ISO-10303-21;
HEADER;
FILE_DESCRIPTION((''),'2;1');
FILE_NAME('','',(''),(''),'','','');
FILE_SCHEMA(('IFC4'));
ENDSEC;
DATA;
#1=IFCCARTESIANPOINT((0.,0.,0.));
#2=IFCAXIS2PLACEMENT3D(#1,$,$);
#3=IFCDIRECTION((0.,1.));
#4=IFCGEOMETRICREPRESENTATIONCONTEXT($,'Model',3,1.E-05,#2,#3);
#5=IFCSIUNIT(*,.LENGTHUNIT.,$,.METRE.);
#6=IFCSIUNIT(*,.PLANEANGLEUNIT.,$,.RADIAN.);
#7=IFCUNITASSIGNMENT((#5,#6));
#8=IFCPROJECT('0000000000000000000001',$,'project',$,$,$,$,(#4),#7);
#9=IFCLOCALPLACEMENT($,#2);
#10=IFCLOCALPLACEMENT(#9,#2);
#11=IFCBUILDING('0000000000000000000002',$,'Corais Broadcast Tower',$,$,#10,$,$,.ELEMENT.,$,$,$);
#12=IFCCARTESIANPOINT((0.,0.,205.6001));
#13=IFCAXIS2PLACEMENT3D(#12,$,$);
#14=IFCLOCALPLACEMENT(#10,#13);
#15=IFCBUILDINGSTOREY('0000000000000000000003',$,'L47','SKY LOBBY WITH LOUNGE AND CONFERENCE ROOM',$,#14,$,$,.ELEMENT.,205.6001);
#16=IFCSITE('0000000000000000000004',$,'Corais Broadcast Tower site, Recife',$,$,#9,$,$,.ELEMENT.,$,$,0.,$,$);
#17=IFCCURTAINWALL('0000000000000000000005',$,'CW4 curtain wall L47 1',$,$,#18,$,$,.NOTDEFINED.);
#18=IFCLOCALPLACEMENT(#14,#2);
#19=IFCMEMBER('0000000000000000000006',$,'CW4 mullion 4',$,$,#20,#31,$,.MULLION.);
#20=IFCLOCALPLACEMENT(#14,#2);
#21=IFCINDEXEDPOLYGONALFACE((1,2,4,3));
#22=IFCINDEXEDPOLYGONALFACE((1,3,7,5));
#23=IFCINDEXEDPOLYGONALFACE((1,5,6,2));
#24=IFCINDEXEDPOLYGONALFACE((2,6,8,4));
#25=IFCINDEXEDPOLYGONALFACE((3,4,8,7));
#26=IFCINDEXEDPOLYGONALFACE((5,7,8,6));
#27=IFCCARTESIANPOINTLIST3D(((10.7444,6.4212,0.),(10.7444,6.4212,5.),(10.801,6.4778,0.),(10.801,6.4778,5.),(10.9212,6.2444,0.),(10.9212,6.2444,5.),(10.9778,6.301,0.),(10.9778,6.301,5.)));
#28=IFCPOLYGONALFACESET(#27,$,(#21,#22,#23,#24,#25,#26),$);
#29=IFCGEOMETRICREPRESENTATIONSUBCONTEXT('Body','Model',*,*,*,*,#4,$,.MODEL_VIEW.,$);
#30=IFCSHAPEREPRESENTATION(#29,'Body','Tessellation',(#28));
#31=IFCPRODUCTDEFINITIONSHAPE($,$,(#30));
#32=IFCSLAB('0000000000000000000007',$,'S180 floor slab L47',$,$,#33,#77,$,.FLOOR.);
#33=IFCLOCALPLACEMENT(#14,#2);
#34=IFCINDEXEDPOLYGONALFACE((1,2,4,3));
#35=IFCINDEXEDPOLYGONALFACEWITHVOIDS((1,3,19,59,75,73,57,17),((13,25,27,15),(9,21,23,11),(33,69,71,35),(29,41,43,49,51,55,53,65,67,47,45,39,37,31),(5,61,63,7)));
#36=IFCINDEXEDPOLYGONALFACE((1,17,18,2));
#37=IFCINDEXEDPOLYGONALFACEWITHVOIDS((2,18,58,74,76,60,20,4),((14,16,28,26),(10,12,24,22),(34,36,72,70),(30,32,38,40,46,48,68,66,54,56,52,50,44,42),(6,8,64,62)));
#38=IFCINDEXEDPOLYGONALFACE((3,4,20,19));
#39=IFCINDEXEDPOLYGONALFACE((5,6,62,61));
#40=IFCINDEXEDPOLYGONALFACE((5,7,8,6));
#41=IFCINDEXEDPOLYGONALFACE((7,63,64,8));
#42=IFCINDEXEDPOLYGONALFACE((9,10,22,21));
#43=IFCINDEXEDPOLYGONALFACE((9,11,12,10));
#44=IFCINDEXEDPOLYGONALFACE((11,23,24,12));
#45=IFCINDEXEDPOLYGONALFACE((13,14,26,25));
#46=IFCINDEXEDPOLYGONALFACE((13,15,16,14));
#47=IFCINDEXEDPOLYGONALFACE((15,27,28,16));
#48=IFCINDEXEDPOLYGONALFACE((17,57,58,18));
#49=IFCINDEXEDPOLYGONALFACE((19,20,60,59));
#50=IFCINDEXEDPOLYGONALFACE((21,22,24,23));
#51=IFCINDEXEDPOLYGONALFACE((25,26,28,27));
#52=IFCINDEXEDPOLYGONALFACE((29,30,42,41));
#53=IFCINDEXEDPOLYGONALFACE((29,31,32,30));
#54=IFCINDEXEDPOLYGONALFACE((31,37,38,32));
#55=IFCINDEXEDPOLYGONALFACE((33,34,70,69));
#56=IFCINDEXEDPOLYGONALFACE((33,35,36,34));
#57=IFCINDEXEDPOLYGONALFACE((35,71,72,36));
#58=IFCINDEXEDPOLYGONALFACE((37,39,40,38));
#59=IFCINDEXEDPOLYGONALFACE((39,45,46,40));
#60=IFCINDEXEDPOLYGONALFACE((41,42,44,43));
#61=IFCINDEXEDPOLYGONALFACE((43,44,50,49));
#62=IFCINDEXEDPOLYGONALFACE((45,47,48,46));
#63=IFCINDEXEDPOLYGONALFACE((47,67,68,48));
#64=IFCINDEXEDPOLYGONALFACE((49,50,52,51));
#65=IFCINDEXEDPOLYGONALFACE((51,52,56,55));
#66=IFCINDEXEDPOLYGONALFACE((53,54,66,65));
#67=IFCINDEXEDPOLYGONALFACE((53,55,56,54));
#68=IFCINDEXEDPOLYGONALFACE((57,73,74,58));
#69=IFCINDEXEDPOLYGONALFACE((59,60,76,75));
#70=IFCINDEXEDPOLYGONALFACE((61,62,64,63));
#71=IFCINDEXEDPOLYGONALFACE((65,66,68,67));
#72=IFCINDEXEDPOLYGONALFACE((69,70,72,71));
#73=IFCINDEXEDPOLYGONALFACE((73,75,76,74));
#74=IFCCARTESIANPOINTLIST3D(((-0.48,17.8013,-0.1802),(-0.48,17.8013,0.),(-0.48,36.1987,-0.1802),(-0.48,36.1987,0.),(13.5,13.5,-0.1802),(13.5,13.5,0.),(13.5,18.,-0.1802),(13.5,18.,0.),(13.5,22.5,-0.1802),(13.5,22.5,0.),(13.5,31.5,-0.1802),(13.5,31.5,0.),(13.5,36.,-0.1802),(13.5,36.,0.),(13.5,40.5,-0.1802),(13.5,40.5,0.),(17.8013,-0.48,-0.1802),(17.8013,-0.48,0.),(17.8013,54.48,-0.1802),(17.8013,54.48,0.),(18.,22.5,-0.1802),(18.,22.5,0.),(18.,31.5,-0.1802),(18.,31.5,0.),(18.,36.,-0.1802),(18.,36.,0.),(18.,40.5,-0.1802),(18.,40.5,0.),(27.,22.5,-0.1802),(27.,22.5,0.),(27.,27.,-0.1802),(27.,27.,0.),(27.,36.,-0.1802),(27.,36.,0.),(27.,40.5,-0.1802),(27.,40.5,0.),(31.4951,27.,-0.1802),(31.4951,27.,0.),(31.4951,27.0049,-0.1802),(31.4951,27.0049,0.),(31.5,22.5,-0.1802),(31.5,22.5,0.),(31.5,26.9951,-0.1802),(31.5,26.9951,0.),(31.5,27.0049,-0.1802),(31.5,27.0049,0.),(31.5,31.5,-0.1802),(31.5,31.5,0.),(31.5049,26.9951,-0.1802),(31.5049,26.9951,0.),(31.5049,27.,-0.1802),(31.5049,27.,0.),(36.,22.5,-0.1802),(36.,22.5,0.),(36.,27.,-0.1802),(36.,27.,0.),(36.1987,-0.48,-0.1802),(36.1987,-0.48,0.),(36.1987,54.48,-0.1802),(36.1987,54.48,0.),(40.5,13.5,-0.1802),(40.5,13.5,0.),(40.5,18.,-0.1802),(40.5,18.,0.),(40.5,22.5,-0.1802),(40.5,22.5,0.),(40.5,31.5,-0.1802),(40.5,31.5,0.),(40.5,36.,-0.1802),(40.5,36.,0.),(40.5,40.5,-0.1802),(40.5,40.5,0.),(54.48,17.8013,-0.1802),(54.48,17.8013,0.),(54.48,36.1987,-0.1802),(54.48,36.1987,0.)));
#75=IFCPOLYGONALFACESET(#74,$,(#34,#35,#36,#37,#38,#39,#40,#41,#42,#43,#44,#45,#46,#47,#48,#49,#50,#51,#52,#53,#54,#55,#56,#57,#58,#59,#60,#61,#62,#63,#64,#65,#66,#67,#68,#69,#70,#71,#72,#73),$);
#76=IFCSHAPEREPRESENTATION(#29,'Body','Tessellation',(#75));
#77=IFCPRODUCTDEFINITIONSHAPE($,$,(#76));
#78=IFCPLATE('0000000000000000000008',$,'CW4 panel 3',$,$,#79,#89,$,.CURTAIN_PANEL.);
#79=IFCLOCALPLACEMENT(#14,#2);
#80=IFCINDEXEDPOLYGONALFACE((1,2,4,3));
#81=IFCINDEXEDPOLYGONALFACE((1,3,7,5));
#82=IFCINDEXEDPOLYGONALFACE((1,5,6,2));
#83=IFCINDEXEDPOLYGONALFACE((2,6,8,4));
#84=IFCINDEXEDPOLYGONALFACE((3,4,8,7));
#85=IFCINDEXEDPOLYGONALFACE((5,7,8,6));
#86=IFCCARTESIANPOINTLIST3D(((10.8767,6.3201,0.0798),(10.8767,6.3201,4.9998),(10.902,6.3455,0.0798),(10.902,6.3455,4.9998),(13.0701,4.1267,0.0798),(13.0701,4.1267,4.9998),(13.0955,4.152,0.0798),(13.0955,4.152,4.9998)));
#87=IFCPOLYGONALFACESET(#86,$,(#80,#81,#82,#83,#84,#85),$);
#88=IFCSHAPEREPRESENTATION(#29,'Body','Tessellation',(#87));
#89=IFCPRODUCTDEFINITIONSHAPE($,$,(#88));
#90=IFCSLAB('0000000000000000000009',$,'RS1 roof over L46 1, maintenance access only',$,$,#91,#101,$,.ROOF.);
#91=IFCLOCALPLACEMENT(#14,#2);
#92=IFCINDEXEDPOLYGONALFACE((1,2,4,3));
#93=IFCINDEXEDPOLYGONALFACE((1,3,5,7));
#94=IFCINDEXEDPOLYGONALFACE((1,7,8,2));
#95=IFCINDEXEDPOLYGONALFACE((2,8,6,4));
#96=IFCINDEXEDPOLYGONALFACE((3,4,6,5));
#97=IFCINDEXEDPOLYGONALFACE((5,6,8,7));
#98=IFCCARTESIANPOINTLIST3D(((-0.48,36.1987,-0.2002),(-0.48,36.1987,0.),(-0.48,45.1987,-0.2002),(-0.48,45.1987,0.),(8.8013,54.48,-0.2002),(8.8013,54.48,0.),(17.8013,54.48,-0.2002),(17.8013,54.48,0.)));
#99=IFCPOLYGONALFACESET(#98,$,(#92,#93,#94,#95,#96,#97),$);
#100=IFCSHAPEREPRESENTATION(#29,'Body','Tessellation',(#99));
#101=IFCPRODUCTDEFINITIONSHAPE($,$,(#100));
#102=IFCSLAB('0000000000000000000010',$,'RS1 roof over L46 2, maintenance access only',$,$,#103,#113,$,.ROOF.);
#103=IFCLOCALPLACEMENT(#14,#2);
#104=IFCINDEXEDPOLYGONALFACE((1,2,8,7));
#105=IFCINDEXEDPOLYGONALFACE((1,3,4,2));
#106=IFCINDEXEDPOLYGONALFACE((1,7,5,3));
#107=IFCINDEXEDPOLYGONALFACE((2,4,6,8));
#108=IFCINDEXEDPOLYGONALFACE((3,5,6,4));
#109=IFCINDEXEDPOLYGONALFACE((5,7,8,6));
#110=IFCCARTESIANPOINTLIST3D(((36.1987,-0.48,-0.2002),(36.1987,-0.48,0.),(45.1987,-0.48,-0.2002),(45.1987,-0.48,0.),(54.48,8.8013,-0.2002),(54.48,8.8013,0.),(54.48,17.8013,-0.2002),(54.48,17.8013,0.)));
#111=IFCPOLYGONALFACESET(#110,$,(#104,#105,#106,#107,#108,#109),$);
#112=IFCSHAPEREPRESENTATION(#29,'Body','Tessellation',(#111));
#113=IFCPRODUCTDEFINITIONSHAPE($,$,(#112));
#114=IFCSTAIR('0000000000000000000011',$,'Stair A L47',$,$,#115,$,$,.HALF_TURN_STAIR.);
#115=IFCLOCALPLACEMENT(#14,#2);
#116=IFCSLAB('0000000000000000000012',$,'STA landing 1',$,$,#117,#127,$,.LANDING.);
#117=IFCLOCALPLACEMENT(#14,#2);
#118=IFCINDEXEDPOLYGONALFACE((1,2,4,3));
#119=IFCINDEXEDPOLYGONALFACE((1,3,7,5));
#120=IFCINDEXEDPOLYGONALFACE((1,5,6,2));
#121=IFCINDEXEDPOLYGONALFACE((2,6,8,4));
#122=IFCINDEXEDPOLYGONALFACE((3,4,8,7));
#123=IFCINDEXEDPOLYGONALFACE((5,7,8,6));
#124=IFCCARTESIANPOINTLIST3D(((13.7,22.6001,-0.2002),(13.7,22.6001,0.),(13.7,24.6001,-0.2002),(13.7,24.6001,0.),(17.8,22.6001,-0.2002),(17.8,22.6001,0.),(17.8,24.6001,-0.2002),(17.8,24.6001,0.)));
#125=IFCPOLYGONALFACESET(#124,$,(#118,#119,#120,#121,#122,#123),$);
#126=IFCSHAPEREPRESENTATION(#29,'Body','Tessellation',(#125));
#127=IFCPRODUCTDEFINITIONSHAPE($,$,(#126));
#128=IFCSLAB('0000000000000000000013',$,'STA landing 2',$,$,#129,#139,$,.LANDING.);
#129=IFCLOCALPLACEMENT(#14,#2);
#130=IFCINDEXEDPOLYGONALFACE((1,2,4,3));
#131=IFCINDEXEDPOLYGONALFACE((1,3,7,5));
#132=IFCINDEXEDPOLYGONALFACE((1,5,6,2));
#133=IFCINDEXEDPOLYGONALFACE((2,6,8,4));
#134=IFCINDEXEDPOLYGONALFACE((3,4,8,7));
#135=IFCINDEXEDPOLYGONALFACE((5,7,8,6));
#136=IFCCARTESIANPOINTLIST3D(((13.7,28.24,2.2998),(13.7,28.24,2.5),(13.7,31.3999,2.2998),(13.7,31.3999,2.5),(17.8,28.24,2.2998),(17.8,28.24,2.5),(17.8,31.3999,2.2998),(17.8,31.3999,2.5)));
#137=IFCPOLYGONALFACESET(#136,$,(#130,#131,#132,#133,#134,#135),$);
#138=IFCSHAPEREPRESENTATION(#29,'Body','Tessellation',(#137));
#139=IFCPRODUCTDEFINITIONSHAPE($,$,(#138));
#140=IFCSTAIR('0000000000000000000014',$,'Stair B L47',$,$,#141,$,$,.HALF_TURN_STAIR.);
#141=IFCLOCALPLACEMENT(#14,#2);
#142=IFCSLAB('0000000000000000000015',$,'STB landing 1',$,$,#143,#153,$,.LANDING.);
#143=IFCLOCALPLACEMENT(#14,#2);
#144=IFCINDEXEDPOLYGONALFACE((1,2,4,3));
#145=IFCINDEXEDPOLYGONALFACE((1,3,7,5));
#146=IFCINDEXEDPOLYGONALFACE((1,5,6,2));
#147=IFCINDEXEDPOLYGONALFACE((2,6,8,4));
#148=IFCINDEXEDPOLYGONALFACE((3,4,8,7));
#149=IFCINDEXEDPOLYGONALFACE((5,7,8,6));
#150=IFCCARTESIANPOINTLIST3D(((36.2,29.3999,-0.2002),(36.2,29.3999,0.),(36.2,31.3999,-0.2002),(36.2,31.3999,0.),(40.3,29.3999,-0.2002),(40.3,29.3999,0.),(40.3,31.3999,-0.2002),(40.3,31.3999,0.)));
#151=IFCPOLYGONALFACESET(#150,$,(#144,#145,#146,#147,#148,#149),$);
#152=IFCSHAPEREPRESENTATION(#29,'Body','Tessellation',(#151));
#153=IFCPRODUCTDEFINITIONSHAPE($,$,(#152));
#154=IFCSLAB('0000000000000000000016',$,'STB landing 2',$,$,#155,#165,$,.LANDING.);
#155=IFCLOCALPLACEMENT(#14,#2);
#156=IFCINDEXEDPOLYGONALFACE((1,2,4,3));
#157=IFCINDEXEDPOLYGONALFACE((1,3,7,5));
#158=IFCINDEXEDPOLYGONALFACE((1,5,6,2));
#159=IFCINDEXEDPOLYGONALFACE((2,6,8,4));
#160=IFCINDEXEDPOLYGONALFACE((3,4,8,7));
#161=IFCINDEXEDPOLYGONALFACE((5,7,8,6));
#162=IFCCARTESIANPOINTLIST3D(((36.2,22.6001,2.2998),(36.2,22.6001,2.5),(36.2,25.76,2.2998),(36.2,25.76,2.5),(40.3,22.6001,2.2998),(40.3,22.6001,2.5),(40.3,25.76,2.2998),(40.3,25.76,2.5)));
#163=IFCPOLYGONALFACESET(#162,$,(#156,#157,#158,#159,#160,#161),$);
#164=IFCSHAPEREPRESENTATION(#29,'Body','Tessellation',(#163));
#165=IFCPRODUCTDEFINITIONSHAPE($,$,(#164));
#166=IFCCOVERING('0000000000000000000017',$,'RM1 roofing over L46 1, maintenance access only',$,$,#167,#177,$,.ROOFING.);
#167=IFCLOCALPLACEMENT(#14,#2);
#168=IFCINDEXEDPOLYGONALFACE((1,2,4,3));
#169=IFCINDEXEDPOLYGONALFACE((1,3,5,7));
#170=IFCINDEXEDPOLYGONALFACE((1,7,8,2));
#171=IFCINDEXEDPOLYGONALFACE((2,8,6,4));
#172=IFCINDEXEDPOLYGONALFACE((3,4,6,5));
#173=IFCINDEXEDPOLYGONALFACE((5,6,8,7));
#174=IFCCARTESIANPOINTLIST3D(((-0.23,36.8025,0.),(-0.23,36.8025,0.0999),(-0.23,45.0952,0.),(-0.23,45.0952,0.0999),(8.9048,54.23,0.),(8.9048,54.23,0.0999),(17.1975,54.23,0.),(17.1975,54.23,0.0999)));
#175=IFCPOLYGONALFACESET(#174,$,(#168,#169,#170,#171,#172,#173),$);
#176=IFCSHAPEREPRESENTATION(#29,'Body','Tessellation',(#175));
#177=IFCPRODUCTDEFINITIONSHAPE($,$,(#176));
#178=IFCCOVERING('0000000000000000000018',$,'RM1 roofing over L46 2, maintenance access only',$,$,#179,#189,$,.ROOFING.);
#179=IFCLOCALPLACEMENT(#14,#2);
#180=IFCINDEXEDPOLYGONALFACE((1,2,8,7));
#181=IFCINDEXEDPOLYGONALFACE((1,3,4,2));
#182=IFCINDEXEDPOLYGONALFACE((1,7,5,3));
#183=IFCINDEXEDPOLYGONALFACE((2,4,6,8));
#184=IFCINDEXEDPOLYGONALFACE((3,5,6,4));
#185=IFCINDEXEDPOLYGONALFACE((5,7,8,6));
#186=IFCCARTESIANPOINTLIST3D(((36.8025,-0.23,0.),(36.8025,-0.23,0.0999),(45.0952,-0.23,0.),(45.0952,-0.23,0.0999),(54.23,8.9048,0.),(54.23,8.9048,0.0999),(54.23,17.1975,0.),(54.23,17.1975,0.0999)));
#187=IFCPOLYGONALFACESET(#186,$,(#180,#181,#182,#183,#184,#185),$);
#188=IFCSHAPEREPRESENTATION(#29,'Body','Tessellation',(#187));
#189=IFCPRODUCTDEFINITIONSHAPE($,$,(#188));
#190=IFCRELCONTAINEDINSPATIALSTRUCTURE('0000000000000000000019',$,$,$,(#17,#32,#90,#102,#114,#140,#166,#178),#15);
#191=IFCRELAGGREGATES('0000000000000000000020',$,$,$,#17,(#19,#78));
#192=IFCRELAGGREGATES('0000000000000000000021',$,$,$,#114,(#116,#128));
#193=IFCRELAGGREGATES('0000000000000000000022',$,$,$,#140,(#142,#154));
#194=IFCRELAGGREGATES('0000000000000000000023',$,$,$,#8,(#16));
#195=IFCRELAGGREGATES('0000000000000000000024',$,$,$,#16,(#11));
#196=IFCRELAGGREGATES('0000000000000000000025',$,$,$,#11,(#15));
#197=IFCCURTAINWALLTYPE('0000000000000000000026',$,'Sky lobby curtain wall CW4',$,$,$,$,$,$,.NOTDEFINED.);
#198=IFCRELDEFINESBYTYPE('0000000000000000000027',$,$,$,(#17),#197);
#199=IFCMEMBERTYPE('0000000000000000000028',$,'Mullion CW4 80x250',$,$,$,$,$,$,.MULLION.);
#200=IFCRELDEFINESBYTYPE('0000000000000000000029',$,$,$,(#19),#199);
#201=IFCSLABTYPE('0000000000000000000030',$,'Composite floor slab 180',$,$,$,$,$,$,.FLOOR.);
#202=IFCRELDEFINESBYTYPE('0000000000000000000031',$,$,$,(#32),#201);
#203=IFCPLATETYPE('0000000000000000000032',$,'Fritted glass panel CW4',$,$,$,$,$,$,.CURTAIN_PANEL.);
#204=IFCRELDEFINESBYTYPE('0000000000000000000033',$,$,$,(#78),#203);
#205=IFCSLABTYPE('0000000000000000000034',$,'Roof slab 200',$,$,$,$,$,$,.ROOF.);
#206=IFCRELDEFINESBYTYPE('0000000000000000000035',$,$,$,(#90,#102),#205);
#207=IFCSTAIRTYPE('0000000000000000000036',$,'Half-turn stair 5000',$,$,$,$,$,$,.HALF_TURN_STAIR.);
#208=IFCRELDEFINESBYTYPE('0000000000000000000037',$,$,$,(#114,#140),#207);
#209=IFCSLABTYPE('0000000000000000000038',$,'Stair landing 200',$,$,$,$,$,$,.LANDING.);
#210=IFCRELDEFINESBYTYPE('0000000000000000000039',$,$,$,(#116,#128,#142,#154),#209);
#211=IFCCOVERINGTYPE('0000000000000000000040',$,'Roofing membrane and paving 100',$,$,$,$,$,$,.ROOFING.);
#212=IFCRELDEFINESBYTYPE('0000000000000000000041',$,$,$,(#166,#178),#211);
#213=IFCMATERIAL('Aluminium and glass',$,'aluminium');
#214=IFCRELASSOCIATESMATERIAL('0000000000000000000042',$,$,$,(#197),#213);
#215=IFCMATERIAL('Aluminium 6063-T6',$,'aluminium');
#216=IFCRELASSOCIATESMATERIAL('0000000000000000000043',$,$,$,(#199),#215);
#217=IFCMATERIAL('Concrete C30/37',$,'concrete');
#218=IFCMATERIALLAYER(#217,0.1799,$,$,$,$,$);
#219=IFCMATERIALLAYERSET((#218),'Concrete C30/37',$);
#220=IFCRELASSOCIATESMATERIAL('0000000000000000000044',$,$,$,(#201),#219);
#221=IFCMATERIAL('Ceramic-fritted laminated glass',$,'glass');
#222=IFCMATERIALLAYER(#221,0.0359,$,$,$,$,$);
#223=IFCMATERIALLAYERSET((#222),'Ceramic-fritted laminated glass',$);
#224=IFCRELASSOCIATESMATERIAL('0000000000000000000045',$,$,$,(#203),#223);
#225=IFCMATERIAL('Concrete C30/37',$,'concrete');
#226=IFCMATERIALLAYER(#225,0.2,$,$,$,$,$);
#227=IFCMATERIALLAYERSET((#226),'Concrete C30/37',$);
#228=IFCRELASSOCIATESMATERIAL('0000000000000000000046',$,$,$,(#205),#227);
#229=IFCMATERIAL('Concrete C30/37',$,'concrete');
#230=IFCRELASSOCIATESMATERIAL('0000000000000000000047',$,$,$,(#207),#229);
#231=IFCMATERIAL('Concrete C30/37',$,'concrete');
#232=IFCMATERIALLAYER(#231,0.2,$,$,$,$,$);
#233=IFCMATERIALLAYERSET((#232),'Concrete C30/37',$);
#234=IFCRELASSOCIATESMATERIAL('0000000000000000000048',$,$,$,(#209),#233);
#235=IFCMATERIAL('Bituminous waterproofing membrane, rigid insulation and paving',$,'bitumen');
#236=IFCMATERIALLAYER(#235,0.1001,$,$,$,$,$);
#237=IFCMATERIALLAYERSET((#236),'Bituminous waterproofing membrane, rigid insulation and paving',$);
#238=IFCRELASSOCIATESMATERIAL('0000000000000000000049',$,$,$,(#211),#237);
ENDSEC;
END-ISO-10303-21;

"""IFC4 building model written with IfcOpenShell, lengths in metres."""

from ifc_helpers import new_model, si_unit, direction, frame, origin, origin_2d, place, context, subcontext, project, spatial, polyline, rectangle, outline, extrude, material, layer, layer_set, material_profile, profile_set, type_object, element, aggregate, save


model = new_model("IFC4")

# Units and contexts
model_context = context("Model", 3, precision=1e-05, world=origin(), true_north=direction((0.0, 1.0)))
body_context = subcontext(model_context, "Body", "Model", "MODEL_VIEW")
ifc_project = project(units=[si_unit("LENGTHUNIT", "METRE"), si_unit("PLANEANGLEUNIT", "RADIAN")], contexts=[model_context])

# Site, building, storey
site_placement = place(None, origin())
site = spatial("IfcSite", under=ifc_project, at=site_placement, Name="Corais Broadcast Tower site, Recife", CompositionType="ELEMENT", RefElevation=0.0)
building_placement = place(site_placement, origin())
building = spatial("IfcBuilding", under=site, at=building_placement, Name="Corais Broadcast Tower", CompositionType="ELEMENT")
storey_placement = place(building_placement, frame((0.0, 0.0, 205.6001)))
storey = spatial("IfcBuildingStorey", under=building, at=storey_placement, Name="L47", Description="SKY LOBBY WITH LOUNGE AND CONFERENCE ROOM", CompositionType="ELEMENT", Elevation=205.6001)

# Curtain wall, member
ifc_material_1 = material(Name="Aluminium and glass", Category="aluminium")
curtain_wall_type = type_object("IfcCurtainWallType", Name="Sky lobby curtain wall CW4", PredefinedType="NOTDEFINED", material=ifc_material_1)
curtain_wall_placement = place(storey_placement, origin())
curtain_wall = element("IfcCurtainWall", 1, at=curtain_wall_placement, inside=storey, type_object=curtain_wall_type, Name="CW4 curtain wall L47 1", PredefinedType="NOTDEFINED")
ifc_material_2 = material(Name="Aluminium 6063-T6", Category="aluminium")
ifc_material_profile = material_profile(ifc_material_2, rectangle(XDim=0.0801, YDim=0.25, at=origin_2d()), Name="Mullion CW4 80x250")
ifc_profile_set = profile_set([ifc_material_profile], Name="Aluminium 6063-T6")
member_type = type_object("IfcMemberType", Name="Mullion CW4 80x250", PredefinedType="MULLION", material=ifc_profile_set)
member_placement = place(storey_placement, frame((10.8611, 6.3611, 0.0), z_axis=(0.0, 0.0, 1.0), x_axis=(-0.707107, -0.707107, 0.0)))
member = element("IfcMember", 2, at=member_placement, type_object=member_type, Name="CW4 mullion 4", PredefinedType="MULLION", context=body_context, shape_type="SweptSolid", body=[
    extrude(rectangle(XDim=0.0801, YDim=0.25, at=origin_2d()), origin(), (0.0, 0.0, 1.0), 5.0),
])

# Slab
ifc_material_3 = material(Name="Concrete C30/37", Category="concrete")
ifc_layer_1 = layer(ifc_material_3, 0.1799)
ifc_layer_set_1 = layer_set([ifc_layer_1], Name="Concrete C30/37")
slab_type_1 = type_object("IfcSlabType", Name="Composite floor slab 180", PredefinedType="FLOOR", material=ifc_layer_set_1)
slab_1_placement = place(storey_placement, frame((0.0, 0.0, -0.1802)))
element("IfcSlab", 3, at=slab_1_placement, inside=storey, type_object=slab_type_1, Name="S180 floor slab L47", PredefinedType="FLOOR", context=body_context, shape_type="SweptSolid", body=[
    extrude(outline(polyline([(17.8013, -0.48), (-0.48, 17.8013), (-0.48, 36.1987), (17.8013, 54.48), (36.1987, 54.48), (54.48, 36.1987), (54.48, 17.8013), (36.1987, -0.48), (17.8013, -0.48)]), holes=[polyline([(13.5, 18.0), (40.5, 18.0), (40.5, 13.5), (13.5, 13.5), (13.5, 18.0)]), polyline([(18.0, 22.5), (13.5, 22.5), (13.5, 31.5), (18.0, 31.5), (18.0, 22.5)]), polyline([(18.0, 36.0), (13.5, 36.0), (13.5, 40.5), (18.0, 40.5), (18.0, 36.0)]), polyline([(31.5, 22.5), (27.0, 22.5), (27.0, 27.0), (31.4951, 27.0), (31.4951, 27.0049), (31.5, 27.0049), (31.5, 31.5), (40.5, 31.5), (40.5, 22.5), (36.0, 22.5), (36.0, 27.0), (31.5049, 27.0), (31.5049, 26.9951), (31.5, 26.9951), (31.5, 22.5)]), polyline([(27.0, 40.5), (40.5, 40.5), (40.5, 36.0), (27.0, 36.0), (27.0, 40.5)])]), origin(), (0.0, 0.0, 1.0), 0.1802),
])

# Plate
ifc_material_4 = material(Name="Ceramic-fritted laminated glass", Category="glass")
ifc_layer_2 = layer(ifc_material_4, 0.0359)
ifc_layer_set_2 = layer_set([ifc_layer_2], Name="Ceramic-fritted laminated glass")
plate_type = type_object("IfcPlateType", Name="Fritted glass panel CW4", PredefinedType="CURTAIN_PANEL", material=ifc_layer_set_2)
plate_placement = place(storey_placement, frame((11.9861, 5.2361, 0.0798), z_axis=(0.0, 0.0, 1.0), x_axis=(-0.707107, 0.707107, 0.0)))
plate = element("IfcPlate", 4, at=plate_placement, type_object=plate_type, Name="CW4 panel 3", PredefinedType="CURTAIN_PANEL", context=body_context, shape_type="SweptSolid", body=[
    extrude(rectangle(XDim=3.1021, YDim=0.0359, at=origin_2d()), origin(), (0.0, 0.0, 1.0), 4.9199),
])
aggregate(curtain_wall, [member, plate])

# Slabs
ifc_material_5 = material(Name="Concrete C30/37", Category="concrete")
ifc_layer_3 = layer(ifc_material_5, 0.2)
ifc_layer_set_3 = layer_set([ifc_layer_3], Name="Concrete C30/37")
slab_type_2 = type_object("IfcSlabType", Name="Roof slab 200", PredefinedType="ROOF", material=ifc_layer_set_3)
slab_2_placement = place(storey_placement, frame((0.0, 0.0, -0.2002)))
element("IfcSlab", 5, at=slab_2_placement, inside=storey, type_object=slab_type_2, Name="RS1 roof over L46 1, maintenance access only", PredefinedType="ROOF", context=body_context, shape_type="SweptSolid", body=[
    extrude(outline(polyline([(-0.48, 45.1987), (8.8013, 54.48), (17.8013, 54.48), (-0.48, 36.1987), (-0.48, 45.1987)])), origin(), (0.0, 0.0, 1.0), 0.2002),
])
slab_3_placement = place(storey_placement, frame((0.0, 0.0, -0.2002)))
element("IfcSlab", 6, at=slab_3_placement, inside=storey, type_object=slab_type_2, Name="RS1 roof over L46 2, maintenance access only", PredefinedType="ROOF", context=body_context, shape_type="SweptSolid", body=[
    extrude(outline(polyline([(54.48, 8.8013), (45.1987, -0.48), (36.1987, -0.48), (54.48, 17.8013), (54.48, 8.8013)])), origin(), (0.0, 0.0, 1.0), 0.2002),
])

# Stairs, slabs
ifc_material_6 = material(Name="Concrete C30/37", Category="concrete")
stair_type = type_object("IfcStairType", Name="Half-turn stair 5000", PredefinedType="HALF_TURN_STAIR", material=ifc_material_6)
stair_1_placement = place(storey_placement, origin())
stair_1 = element("IfcStair", 7, at=stair_1_placement, inside=storey, type_object=stair_type, Name="Stair A L47", PredefinedType="HALF_TURN_STAIR")
ifc_material_7 = material(Name="Concrete C30/37", Category="concrete")
ifc_layer_4 = layer(ifc_material_7, 0.2)
ifc_layer_set_4 = layer_set([ifc_layer_4], Name="Concrete C30/37")
slab_type_3 = type_object("IfcSlabType", Name="Stair landing 200", PredefinedType="LANDING", material=ifc_layer_set_4)
slab_4_placement = place(storey_placement, frame((0.0, 0.0, -0.2002)))
slab_4 = element("IfcSlab", 8, at=slab_4_placement, type_object=slab_type_3, Name="STA landing 1", PredefinedType="LANDING", context=body_context, shape_type="SweptSolid", body=[
    extrude(outline(polyline([(13.7, 22.6001), (17.8, 22.6001), (17.8, 24.6001), (13.7, 24.6001), (13.7, 22.6001)])), origin(), (0.0, 0.0, 1.0), 0.2002),
])
slab_5_placement = place(storey_placement, frame((0.0, 0.0, 2.2998)))
slab_5 = element("IfcSlab", 9, at=slab_5_placement, type_object=slab_type_3, Name="STA landing 2", PredefinedType="LANDING", context=body_context, shape_type="SweptSolid", body=[
    extrude(outline(polyline([(13.7, 28.24), (17.8, 28.24), (17.8, 31.3999), (13.7, 31.3999), (13.7, 28.24)])), origin(), (0.0, 0.0, 1.0), 0.2002),
])
aggregate(stair_1, [slab_4, slab_5])
stair_2_placement = place(storey_placement, origin())
stair_2 = element("IfcStair", 10, at=stair_2_placement, inside=storey, type_object=stair_type, Name="Stair B L47", PredefinedType="HALF_TURN_STAIR")
slab_6_placement = place(storey_placement, frame((0.0, 0.0, -0.2002)))
slab_6 = element("IfcSlab", 11, at=slab_6_placement, type_object=slab_type_3, Name="STB landing 1", PredefinedType="LANDING", context=body_context, shape_type="SweptSolid", body=[
    extrude(outline(polyline([(36.2, 29.3999), (40.3, 29.3999), (40.3, 31.3999), (36.2, 31.3999), (36.2, 29.3999)])), origin(), (0.0, 0.0, 1.0), 0.2002),
])
slab_7_placement = place(storey_placement, frame((0.0, 0.0, 2.2998)))
slab_7 = element("IfcSlab", 12, at=slab_7_placement, type_object=slab_type_3, Name="STB landing 2", PredefinedType="LANDING", context=body_context, shape_type="SweptSolid", body=[
    extrude(outline(polyline([(36.2, 22.6001), (40.3, 22.6001), (40.3, 25.76), (36.2, 25.76), (36.2, 22.6001)])), origin(), (0.0, 0.0, 1.0), 0.2002),
])
aggregate(stair_2, [slab_6, slab_7])

# Coverings
ifc_material_8 = material(Name="Bituminous waterproofing membrane, rigid insulation and paving", Category="bitumen")
ifc_layer_5 = layer(ifc_material_8, 0.1001)
ifc_layer_set_5 = layer_set([ifc_layer_5], Name="Bituminous waterproofing membrane, rigid insulation and paving")
covering_type_1 = type_object("IfcCoveringType", Name="Roofing membrane and paving 100", PredefinedType="ROOFING", material=ifc_layer_set_5)
covering_1_placement = place(storey_placement, origin())
element("IfcCovering", 13, at=covering_1_placement, inside=storey, type_object=covering_type_1, Name="RM1 roofing over L46 1, maintenance access only", PredefinedType="ROOFING", context=body_context, shape_type="SweptSolid", body=[
    extrude(outline(polyline([(-0.23, 45.0952), (8.9048, 54.23), (17.1975, 54.23), (-0.23, 36.8025), (-0.23, 45.0952)])), origin(), (0.0, 0.0, 1.0), 0.0999),
])
covering_2_placement = place(storey_placement, origin())
element("IfcCovering", 14, at=covering_2_placement, inside=storey, type_object=covering_type_1, Name="RM1 roofing over L46 2, maintenance access only", PredefinedType="ROOFING", context=body_context, shape_type="SweptSolid", body=[
    extrude(outline(polyline([(54.23, 8.9048), (45.0952, -0.23), (36.8025, -0.23), (54.23, 17.1975), (54.23, 8.9048)])), origin(), (0.0, 0.0, 1.0), 0.0999),
])

save(model, "model.ifc")
